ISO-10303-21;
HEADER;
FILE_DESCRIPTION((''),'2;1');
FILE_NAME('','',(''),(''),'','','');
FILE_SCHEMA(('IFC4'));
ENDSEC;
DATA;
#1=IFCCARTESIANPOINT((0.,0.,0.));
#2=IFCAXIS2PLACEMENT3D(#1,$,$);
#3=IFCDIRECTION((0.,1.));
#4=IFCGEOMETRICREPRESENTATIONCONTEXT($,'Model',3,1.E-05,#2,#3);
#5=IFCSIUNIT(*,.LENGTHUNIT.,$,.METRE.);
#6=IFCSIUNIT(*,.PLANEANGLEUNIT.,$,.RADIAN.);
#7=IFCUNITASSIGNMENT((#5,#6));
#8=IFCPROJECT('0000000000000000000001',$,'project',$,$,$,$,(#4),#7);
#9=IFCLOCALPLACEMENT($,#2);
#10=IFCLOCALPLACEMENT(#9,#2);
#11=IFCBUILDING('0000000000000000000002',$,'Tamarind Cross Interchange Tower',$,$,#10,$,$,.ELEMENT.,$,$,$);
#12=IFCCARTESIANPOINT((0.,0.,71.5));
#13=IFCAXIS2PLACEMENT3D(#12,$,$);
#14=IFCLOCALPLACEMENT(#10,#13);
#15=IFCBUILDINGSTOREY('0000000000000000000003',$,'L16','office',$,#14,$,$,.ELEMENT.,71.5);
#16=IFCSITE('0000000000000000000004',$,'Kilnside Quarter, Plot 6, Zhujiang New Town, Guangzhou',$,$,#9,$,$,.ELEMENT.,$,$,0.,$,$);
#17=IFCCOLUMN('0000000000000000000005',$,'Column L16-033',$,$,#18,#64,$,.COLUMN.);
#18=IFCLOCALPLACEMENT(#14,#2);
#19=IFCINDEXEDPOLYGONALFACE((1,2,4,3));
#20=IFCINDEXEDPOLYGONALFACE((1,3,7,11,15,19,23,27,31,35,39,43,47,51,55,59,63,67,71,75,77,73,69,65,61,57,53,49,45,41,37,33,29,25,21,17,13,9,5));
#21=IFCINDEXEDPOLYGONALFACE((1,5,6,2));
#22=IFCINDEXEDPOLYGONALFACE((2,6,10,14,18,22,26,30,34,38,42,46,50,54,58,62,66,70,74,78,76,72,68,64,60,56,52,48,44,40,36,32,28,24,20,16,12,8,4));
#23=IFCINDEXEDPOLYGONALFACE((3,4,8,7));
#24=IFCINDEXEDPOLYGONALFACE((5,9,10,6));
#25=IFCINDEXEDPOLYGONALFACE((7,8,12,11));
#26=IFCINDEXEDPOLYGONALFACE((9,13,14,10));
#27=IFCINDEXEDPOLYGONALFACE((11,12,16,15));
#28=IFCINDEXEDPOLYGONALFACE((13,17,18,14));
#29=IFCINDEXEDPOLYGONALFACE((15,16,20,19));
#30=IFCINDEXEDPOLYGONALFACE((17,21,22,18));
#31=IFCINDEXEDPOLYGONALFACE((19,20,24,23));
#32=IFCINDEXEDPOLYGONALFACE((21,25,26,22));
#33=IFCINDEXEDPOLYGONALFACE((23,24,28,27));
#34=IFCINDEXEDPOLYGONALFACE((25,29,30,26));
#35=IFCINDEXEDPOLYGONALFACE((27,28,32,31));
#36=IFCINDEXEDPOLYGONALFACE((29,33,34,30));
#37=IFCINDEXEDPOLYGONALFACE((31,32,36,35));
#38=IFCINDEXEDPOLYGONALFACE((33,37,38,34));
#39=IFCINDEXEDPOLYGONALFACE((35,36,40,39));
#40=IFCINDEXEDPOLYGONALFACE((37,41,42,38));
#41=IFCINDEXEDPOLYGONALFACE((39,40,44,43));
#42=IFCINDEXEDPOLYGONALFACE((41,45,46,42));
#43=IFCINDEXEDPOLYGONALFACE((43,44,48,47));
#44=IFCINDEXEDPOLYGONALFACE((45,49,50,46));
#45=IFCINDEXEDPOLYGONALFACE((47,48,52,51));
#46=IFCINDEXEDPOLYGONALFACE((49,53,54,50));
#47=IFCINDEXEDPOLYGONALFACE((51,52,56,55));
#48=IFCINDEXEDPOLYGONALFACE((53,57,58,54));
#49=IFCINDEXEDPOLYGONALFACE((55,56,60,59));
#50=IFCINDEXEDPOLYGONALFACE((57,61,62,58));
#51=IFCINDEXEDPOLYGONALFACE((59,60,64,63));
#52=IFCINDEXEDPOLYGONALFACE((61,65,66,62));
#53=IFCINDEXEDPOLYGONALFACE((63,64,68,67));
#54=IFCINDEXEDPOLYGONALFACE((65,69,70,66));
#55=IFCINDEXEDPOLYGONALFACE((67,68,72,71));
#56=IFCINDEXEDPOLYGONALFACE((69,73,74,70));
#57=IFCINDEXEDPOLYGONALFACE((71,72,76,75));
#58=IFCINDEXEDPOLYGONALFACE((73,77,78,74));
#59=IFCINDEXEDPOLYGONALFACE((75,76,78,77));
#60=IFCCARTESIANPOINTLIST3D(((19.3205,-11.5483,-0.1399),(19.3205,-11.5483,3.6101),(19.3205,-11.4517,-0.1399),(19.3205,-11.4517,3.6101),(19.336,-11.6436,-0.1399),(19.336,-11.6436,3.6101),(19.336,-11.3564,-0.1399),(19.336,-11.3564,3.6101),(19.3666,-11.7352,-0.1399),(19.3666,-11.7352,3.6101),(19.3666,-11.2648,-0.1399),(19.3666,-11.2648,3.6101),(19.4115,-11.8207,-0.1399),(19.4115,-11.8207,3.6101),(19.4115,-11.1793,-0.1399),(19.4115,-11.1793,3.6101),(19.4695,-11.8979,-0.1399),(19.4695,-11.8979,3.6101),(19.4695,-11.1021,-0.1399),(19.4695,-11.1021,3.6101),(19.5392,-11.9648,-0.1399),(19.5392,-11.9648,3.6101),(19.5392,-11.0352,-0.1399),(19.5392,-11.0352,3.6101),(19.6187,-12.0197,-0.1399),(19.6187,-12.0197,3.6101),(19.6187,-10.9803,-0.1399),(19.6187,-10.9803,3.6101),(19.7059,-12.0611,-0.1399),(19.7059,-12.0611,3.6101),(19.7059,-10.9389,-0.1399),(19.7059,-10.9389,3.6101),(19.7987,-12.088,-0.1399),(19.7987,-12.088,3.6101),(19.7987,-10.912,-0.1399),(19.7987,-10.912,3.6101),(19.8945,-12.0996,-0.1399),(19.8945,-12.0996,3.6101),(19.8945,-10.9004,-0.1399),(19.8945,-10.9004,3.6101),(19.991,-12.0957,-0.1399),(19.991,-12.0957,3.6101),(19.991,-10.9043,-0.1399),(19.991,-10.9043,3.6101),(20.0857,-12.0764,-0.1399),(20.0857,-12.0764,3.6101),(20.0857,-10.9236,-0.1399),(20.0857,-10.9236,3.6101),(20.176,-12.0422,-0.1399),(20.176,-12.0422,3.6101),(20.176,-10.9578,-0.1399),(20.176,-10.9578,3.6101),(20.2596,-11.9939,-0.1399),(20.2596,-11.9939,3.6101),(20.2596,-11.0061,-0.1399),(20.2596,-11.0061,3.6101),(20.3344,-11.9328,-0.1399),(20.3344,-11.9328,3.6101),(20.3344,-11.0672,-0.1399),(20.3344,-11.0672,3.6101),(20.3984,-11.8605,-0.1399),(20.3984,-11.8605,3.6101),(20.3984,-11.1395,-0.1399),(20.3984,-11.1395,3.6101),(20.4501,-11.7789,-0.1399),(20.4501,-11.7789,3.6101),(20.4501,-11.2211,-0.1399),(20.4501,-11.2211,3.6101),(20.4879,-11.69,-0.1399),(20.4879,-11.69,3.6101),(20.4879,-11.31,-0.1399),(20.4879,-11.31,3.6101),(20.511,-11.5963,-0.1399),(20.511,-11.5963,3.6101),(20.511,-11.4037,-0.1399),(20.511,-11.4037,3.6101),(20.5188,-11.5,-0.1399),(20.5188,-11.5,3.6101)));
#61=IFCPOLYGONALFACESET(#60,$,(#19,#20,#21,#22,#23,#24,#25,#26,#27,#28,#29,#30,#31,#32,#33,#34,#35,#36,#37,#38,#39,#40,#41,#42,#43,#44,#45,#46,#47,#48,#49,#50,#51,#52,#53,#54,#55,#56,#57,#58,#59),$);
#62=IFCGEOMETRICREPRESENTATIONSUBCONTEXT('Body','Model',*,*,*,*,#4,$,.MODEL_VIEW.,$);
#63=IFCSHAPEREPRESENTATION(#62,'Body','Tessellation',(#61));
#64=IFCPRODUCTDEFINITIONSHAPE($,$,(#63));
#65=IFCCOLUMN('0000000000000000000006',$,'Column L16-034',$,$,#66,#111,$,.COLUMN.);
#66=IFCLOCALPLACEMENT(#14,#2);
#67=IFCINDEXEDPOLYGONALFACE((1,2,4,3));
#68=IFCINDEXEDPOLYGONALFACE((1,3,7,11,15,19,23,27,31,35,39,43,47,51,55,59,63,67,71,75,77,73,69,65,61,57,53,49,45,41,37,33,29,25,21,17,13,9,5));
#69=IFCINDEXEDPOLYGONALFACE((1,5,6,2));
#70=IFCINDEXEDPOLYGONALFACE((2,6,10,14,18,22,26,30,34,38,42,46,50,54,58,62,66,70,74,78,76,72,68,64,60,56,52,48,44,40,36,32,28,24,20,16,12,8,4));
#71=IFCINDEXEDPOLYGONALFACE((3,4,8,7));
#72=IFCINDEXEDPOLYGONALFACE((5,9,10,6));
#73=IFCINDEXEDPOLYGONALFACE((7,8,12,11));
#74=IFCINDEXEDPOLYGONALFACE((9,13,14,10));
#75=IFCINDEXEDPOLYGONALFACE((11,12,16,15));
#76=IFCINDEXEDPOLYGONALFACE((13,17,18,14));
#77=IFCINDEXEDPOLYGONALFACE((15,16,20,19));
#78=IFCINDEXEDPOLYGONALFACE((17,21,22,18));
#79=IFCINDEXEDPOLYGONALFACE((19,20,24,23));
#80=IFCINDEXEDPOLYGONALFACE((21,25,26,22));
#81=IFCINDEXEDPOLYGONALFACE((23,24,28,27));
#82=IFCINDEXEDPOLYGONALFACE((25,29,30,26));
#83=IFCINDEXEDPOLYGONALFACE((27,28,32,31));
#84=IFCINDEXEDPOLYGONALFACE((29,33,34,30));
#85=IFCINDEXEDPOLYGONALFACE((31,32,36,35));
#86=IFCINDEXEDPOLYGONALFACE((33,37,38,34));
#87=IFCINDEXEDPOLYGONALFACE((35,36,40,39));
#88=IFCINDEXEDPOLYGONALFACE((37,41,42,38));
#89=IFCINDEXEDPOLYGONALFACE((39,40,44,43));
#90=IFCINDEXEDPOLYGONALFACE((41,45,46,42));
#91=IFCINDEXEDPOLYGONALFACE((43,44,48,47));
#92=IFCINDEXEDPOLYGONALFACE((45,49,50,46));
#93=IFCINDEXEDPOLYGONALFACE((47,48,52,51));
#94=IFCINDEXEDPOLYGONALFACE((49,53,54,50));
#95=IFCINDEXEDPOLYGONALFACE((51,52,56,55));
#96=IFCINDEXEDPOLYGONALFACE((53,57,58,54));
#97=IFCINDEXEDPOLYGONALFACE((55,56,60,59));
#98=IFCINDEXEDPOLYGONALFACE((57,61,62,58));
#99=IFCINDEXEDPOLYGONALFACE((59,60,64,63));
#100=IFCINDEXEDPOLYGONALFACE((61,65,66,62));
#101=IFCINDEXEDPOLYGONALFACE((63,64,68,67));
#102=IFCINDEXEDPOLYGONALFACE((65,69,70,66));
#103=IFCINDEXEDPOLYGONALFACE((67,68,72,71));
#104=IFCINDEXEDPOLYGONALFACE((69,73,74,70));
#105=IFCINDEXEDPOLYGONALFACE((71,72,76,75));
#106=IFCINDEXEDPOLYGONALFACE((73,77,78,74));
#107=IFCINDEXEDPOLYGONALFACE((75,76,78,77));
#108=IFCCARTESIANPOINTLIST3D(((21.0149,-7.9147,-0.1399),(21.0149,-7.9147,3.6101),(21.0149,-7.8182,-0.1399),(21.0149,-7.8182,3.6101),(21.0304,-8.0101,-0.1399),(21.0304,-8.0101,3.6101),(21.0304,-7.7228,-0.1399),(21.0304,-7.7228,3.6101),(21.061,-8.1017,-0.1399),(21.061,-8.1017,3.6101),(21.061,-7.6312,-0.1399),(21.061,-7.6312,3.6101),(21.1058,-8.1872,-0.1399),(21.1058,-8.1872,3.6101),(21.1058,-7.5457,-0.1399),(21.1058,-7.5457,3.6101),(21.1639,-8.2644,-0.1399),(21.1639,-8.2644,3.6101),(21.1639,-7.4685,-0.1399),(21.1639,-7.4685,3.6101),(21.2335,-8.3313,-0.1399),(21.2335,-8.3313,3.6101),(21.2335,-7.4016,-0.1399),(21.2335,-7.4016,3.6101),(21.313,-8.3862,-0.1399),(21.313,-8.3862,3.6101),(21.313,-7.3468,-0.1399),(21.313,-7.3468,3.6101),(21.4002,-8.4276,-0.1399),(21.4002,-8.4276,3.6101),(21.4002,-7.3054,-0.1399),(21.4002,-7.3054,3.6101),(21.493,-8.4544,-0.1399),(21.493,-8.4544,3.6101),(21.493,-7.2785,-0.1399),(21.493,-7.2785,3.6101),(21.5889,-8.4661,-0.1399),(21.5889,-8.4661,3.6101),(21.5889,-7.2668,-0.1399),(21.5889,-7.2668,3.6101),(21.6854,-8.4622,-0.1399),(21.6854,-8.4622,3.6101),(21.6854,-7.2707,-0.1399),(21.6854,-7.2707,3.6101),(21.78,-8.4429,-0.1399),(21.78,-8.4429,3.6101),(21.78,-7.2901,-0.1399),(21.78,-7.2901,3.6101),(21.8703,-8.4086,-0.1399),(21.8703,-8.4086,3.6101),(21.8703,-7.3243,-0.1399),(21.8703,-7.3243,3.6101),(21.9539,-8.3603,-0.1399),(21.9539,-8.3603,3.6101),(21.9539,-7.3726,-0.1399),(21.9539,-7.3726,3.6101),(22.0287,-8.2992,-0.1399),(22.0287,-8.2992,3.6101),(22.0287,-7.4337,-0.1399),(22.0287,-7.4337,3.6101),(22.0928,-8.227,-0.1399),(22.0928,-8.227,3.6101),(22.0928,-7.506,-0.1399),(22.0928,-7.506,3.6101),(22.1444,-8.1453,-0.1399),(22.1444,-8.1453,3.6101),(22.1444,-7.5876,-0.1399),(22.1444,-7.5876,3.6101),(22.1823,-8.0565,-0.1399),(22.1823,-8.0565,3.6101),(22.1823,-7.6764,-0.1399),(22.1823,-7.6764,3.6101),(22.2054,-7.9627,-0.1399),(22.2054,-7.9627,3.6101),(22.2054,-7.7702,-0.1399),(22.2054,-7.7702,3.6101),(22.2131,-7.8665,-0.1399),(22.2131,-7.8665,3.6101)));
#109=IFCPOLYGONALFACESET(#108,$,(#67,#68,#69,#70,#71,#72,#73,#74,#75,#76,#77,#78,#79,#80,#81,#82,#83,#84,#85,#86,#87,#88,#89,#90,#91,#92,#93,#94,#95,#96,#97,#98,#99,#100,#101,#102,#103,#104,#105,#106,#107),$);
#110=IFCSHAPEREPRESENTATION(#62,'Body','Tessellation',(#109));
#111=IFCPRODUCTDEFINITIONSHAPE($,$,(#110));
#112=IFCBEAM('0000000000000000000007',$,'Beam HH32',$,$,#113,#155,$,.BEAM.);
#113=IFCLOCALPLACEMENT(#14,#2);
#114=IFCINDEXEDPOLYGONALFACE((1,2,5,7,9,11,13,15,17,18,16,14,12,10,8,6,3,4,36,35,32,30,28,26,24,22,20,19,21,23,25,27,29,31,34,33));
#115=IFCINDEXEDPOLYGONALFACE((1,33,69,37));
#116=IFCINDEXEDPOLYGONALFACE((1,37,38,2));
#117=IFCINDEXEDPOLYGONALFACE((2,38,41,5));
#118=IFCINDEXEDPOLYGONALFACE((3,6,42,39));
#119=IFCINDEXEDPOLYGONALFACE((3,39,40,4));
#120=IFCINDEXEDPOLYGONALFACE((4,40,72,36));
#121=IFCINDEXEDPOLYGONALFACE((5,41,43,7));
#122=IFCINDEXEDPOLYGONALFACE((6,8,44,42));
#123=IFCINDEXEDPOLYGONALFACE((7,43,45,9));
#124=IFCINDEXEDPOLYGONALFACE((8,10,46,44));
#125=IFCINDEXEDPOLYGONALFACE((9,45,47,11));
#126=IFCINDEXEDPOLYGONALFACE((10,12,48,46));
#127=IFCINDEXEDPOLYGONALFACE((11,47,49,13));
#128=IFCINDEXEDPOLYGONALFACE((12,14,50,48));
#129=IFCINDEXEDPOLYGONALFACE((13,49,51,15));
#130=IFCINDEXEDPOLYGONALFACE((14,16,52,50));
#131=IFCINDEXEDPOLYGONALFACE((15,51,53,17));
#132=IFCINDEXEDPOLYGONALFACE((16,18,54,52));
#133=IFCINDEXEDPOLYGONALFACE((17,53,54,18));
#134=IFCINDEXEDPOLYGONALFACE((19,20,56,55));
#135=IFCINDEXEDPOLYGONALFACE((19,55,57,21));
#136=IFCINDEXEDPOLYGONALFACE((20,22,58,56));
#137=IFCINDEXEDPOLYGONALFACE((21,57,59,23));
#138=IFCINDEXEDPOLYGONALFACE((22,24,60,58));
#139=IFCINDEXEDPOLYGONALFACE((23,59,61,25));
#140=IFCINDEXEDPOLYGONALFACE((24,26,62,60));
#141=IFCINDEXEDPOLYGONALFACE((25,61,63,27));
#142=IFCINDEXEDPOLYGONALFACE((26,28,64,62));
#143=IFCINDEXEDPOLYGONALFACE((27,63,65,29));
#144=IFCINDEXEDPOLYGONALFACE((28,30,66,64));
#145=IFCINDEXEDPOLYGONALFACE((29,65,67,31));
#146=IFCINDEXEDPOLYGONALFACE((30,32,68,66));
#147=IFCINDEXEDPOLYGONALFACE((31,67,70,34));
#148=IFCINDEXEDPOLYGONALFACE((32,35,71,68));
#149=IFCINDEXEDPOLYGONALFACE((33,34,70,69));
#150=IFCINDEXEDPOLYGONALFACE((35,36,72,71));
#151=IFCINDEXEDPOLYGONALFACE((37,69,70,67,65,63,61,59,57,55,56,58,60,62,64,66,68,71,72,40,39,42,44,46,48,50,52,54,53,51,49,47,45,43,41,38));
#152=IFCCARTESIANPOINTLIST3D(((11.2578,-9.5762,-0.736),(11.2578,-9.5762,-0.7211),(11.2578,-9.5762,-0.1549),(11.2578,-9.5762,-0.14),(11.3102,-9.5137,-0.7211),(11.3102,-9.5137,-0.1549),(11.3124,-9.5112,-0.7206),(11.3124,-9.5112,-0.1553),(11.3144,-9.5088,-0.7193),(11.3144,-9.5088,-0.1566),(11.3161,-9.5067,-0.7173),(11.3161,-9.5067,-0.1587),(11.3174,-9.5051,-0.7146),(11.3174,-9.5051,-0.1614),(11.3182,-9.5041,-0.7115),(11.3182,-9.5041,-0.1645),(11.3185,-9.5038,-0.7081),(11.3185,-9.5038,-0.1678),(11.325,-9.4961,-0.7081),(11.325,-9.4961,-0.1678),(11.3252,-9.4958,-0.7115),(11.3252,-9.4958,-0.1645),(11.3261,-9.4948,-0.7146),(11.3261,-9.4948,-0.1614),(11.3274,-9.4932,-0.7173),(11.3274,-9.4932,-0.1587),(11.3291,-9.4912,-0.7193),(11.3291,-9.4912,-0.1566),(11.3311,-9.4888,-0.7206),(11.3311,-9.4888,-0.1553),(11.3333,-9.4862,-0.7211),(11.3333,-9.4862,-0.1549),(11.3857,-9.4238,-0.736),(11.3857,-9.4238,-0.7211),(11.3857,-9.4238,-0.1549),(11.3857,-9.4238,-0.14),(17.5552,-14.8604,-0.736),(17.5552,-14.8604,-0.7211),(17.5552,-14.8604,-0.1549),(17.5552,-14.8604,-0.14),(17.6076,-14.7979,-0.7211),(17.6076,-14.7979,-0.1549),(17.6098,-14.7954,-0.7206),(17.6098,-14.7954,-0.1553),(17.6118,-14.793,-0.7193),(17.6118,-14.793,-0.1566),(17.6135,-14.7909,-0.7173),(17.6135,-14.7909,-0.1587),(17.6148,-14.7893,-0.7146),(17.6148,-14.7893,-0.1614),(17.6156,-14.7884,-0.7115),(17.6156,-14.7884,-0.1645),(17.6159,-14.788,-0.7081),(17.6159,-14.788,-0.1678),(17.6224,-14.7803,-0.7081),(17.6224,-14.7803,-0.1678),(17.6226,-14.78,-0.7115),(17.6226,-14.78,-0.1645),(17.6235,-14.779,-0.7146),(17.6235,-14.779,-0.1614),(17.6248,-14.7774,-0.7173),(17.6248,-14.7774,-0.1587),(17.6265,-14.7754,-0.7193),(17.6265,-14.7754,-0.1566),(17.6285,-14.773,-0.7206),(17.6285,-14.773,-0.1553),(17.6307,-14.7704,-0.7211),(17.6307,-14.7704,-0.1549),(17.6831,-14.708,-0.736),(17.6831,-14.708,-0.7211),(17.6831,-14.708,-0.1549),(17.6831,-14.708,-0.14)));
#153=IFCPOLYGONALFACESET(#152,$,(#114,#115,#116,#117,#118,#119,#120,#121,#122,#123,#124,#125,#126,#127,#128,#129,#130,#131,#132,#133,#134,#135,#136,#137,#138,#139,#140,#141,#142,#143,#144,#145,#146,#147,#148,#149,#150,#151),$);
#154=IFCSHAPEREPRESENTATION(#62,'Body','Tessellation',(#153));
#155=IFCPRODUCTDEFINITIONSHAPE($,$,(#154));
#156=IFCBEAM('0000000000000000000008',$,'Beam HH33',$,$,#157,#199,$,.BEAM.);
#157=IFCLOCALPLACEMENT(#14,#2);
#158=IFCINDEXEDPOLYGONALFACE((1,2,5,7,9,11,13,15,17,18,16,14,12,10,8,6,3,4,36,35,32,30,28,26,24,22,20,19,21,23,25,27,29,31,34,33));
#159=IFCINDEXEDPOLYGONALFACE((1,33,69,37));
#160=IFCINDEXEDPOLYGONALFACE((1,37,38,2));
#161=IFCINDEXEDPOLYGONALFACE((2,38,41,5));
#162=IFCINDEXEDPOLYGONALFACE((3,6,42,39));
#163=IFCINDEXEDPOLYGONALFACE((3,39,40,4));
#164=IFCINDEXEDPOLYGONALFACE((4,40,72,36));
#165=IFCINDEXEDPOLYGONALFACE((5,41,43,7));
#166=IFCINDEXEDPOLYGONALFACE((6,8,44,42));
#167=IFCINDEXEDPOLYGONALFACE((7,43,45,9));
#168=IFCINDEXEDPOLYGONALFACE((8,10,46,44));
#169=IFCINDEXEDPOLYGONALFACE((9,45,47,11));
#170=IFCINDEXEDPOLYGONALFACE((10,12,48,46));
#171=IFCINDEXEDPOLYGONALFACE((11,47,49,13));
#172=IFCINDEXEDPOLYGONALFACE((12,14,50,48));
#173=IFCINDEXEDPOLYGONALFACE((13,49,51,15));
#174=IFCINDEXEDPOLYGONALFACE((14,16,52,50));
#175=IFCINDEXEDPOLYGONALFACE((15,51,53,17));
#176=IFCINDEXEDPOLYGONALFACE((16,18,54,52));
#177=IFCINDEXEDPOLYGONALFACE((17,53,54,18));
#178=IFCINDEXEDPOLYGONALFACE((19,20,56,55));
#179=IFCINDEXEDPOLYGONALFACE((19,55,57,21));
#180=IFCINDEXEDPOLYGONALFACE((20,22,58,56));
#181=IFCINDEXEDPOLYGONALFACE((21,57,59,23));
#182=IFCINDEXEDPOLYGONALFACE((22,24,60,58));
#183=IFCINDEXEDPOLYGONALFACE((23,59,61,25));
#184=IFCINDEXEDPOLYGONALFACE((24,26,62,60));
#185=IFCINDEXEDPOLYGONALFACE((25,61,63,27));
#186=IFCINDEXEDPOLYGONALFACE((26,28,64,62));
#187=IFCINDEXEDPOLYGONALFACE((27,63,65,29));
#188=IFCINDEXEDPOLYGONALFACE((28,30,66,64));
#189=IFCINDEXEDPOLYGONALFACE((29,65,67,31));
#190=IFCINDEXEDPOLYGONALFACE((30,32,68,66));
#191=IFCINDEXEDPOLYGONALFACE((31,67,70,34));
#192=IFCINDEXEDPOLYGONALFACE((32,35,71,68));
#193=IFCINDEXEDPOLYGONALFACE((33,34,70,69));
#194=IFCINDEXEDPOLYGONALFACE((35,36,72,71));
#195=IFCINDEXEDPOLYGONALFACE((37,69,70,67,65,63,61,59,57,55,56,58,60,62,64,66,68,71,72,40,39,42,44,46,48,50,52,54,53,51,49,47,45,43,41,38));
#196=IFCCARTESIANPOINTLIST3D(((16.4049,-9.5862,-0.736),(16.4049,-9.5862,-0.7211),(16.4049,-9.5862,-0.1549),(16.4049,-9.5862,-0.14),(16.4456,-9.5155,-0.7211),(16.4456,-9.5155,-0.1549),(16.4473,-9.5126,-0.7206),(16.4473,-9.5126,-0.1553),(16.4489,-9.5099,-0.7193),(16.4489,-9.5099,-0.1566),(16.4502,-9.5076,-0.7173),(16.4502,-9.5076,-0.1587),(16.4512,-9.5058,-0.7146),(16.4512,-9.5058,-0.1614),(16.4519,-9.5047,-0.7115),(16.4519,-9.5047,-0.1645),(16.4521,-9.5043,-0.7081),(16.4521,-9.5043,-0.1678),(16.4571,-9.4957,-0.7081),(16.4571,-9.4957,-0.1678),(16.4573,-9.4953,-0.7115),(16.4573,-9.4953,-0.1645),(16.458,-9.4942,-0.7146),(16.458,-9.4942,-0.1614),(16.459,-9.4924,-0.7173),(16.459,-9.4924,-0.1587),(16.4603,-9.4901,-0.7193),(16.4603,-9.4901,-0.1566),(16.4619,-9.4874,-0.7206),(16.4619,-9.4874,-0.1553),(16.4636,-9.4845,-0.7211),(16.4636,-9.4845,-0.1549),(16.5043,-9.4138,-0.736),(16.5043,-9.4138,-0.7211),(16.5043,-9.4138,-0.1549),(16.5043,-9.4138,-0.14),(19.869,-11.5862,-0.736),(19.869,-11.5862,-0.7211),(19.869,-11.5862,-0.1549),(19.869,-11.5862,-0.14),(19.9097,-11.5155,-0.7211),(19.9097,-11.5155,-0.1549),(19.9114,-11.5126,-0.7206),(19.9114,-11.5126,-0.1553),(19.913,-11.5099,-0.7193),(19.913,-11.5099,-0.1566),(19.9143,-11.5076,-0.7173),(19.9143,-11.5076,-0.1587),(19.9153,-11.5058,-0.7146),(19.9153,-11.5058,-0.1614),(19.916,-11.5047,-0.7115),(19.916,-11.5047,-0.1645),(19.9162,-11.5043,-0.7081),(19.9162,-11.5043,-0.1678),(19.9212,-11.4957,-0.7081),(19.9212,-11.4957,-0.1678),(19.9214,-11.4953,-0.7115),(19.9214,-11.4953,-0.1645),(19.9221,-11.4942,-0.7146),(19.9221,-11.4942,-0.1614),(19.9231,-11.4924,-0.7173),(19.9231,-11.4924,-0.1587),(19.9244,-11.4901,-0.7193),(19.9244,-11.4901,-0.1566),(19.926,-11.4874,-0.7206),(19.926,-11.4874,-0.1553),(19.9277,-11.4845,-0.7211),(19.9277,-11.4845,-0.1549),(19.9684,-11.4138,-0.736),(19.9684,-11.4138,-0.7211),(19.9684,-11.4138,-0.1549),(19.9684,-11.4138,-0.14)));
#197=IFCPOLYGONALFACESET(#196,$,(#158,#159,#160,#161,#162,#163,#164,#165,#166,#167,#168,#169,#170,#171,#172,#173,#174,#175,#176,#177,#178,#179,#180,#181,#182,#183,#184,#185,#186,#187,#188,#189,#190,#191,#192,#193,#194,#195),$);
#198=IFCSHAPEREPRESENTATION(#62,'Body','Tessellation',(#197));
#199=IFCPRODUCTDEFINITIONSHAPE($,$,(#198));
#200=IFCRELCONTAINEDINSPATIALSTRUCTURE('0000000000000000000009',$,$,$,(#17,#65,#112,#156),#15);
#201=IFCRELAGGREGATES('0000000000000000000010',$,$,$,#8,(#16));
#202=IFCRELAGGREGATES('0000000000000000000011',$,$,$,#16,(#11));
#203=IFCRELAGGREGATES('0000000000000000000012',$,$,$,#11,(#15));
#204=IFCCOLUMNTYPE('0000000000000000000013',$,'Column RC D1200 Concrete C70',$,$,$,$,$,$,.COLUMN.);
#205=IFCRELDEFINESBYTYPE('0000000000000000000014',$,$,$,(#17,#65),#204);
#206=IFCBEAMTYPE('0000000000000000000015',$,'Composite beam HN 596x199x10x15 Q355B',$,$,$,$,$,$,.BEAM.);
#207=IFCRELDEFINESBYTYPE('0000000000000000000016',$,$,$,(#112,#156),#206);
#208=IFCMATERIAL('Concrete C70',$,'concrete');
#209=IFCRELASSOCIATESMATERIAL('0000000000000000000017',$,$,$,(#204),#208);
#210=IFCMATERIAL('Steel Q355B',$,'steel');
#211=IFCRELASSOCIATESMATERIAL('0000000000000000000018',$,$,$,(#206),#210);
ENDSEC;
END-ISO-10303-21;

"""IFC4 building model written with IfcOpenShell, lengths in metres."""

from ifc_helpers import new_model, si_unit, direction, frame, origin, origin_2d, place, context, subcontext, project, spatial, circle, i_section, extrude, material, material_profile, profile_set, type_object, element, save


model = new_model("IFC4")

# Units and contexts
model_context = context("Model", 3, precision=1e-05, world=origin(), true_north=direction((0.0, 1.0)))
body_context = subcontext(model_context, "Body", "Model", "MODEL_VIEW")
ifc_project = project(units=[si_unit("LENGTHUNIT", "METRE"), si_unit("PLANEANGLEUNIT", "RADIAN")], contexts=[model_context])

# Site, building, storey
site_placement = place(None, origin())
site = spatial("IfcSite", under=ifc_project, at=site_placement, Name="Kilnside Quarter, Plot 6, Zhujiang New Town, Guangzhou", CompositionType="ELEMENT", RefElevation=0.0)
building_placement = place(site_placement, origin())
building = spatial("IfcBuilding", under=site, at=building_placement, Name="Tamarind Cross Interchange Tower", CompositionType="ELEMENT")
storey_placement = place(building_placement, frame((0.0, 0.0, 71.5)))
storey = spatial("IfcBuildingStorey", under=building, at=storey_placement, Name="L16", Description="office", CompositionType="ELEMENT", Elevation=71.5)

# Columns
ifc_material_1 = material(Name="Concrete C70", Category="concrete")
ifc_material_profile_1 = material_profile(ifc_material_1, circle(Radius=0.6001, at=origin_2d()), Name="RC D1200")
ifc_profile_set_1 = profile_set([ifc_material_profile_1], Name="Concrete C70")
column_type = type_object("IfcColumnType", Name="Column RC D1200 Concrete C70", PredefinedType="COLUMN", material=ifc_profile_set_1)
for number, where, z_axis, x_axis, name in (
    (1, (19.9187, -11.5, -0.1399), (0.0, 0.0, 1.0), (1.0, 0.0, 0.0), "Column L16-033"),
    (2, (21.613, -7.8665, -0.1399), (0.0, 0.0, 1.0), (1.0, 0.0, 0.0), "Column L16-034"),
):
    element("IfcColumn", number, at=place(storey_placement, frame(where, z_axis=z_axis, x_axis=x_axis)), inside=storey, type_object=column_type, Name=name, PredefinedType="COLUMN", context=body_context, shape_type="SweptSolid", body=[
        extrude(circle(Radius=0.6001, at=origin_2d()), origin(), (0.0, 0.0, 1.0), 3.75),
    ])

# Beams
ifc_material_2 = material(Name="Steel Q355B", Category="steel")
ifc_material_profile_2 = material_profile(ifc_material_2, i_section(OverallWidth=0.199, OverallDepth=0.5959, WebThickness=0.01, FlangeThickness=0.0149, FilletRadius=0.0129, at=origin_2d()), Name="HN 596x199x10x15")
ifc_profile_set_2 = profile_set([ifc_material_profile_2], Name="Steel Q355B")
beam_type = type_object("IfcBeamType", Name="Composite beam HN 596x199x10x15 Q355B", PredefinedType="BEAM", material=ifc_profile_set_2)
beam_1_placement = place(storey_placement, frame((17.6191, -14.7842, -0.438), z_axis=(-0.766041, 0.642792, 0.0), x_axis=(-0.642792, -0.766041, 0.0)))
element("IfcBeam", 3, at=beam_1_placement, inside=storey, type_object=beam_type, Name="Beam HH32", PredefinedType="BEAM", context=body_context, shape_type="SweptSolid", body=[
    extrude(i_section(OverallWidth=0.199, OverallDepth=0.5959, WebThickness=0.01, FlangeThickness=0.0149, FilletRadius=0.0129, at=origin_2d()), origin(), (0.0, 0.0, 1.0), 8.2207),
])
beam_2_placement = place(storey_placement, frame((19.9187, -11.5, -0.438), z_axis=(-0.866026, 0.499999, 0.0), x_axis=(-0.499999, -0.866026, 0.0)))
element("IfcBeam", 4, at=beam_2_placement, inside=storey, type_object=beam_type, Name="Beam HH33", PredefinedType="BEAM", context=body_context, shape_type="SweptSolid", body=[
    extrude(i_section(OverallWidth=0.199, OverallDepth=0.5959, WebThickness=0.01, FlangeThickness=0.0149, FilletRadius=0.0129, at=origin_2d()), origin(), (0.0, 0.0, 1.0), 4.0),
])

save(model, "model.ifc")
